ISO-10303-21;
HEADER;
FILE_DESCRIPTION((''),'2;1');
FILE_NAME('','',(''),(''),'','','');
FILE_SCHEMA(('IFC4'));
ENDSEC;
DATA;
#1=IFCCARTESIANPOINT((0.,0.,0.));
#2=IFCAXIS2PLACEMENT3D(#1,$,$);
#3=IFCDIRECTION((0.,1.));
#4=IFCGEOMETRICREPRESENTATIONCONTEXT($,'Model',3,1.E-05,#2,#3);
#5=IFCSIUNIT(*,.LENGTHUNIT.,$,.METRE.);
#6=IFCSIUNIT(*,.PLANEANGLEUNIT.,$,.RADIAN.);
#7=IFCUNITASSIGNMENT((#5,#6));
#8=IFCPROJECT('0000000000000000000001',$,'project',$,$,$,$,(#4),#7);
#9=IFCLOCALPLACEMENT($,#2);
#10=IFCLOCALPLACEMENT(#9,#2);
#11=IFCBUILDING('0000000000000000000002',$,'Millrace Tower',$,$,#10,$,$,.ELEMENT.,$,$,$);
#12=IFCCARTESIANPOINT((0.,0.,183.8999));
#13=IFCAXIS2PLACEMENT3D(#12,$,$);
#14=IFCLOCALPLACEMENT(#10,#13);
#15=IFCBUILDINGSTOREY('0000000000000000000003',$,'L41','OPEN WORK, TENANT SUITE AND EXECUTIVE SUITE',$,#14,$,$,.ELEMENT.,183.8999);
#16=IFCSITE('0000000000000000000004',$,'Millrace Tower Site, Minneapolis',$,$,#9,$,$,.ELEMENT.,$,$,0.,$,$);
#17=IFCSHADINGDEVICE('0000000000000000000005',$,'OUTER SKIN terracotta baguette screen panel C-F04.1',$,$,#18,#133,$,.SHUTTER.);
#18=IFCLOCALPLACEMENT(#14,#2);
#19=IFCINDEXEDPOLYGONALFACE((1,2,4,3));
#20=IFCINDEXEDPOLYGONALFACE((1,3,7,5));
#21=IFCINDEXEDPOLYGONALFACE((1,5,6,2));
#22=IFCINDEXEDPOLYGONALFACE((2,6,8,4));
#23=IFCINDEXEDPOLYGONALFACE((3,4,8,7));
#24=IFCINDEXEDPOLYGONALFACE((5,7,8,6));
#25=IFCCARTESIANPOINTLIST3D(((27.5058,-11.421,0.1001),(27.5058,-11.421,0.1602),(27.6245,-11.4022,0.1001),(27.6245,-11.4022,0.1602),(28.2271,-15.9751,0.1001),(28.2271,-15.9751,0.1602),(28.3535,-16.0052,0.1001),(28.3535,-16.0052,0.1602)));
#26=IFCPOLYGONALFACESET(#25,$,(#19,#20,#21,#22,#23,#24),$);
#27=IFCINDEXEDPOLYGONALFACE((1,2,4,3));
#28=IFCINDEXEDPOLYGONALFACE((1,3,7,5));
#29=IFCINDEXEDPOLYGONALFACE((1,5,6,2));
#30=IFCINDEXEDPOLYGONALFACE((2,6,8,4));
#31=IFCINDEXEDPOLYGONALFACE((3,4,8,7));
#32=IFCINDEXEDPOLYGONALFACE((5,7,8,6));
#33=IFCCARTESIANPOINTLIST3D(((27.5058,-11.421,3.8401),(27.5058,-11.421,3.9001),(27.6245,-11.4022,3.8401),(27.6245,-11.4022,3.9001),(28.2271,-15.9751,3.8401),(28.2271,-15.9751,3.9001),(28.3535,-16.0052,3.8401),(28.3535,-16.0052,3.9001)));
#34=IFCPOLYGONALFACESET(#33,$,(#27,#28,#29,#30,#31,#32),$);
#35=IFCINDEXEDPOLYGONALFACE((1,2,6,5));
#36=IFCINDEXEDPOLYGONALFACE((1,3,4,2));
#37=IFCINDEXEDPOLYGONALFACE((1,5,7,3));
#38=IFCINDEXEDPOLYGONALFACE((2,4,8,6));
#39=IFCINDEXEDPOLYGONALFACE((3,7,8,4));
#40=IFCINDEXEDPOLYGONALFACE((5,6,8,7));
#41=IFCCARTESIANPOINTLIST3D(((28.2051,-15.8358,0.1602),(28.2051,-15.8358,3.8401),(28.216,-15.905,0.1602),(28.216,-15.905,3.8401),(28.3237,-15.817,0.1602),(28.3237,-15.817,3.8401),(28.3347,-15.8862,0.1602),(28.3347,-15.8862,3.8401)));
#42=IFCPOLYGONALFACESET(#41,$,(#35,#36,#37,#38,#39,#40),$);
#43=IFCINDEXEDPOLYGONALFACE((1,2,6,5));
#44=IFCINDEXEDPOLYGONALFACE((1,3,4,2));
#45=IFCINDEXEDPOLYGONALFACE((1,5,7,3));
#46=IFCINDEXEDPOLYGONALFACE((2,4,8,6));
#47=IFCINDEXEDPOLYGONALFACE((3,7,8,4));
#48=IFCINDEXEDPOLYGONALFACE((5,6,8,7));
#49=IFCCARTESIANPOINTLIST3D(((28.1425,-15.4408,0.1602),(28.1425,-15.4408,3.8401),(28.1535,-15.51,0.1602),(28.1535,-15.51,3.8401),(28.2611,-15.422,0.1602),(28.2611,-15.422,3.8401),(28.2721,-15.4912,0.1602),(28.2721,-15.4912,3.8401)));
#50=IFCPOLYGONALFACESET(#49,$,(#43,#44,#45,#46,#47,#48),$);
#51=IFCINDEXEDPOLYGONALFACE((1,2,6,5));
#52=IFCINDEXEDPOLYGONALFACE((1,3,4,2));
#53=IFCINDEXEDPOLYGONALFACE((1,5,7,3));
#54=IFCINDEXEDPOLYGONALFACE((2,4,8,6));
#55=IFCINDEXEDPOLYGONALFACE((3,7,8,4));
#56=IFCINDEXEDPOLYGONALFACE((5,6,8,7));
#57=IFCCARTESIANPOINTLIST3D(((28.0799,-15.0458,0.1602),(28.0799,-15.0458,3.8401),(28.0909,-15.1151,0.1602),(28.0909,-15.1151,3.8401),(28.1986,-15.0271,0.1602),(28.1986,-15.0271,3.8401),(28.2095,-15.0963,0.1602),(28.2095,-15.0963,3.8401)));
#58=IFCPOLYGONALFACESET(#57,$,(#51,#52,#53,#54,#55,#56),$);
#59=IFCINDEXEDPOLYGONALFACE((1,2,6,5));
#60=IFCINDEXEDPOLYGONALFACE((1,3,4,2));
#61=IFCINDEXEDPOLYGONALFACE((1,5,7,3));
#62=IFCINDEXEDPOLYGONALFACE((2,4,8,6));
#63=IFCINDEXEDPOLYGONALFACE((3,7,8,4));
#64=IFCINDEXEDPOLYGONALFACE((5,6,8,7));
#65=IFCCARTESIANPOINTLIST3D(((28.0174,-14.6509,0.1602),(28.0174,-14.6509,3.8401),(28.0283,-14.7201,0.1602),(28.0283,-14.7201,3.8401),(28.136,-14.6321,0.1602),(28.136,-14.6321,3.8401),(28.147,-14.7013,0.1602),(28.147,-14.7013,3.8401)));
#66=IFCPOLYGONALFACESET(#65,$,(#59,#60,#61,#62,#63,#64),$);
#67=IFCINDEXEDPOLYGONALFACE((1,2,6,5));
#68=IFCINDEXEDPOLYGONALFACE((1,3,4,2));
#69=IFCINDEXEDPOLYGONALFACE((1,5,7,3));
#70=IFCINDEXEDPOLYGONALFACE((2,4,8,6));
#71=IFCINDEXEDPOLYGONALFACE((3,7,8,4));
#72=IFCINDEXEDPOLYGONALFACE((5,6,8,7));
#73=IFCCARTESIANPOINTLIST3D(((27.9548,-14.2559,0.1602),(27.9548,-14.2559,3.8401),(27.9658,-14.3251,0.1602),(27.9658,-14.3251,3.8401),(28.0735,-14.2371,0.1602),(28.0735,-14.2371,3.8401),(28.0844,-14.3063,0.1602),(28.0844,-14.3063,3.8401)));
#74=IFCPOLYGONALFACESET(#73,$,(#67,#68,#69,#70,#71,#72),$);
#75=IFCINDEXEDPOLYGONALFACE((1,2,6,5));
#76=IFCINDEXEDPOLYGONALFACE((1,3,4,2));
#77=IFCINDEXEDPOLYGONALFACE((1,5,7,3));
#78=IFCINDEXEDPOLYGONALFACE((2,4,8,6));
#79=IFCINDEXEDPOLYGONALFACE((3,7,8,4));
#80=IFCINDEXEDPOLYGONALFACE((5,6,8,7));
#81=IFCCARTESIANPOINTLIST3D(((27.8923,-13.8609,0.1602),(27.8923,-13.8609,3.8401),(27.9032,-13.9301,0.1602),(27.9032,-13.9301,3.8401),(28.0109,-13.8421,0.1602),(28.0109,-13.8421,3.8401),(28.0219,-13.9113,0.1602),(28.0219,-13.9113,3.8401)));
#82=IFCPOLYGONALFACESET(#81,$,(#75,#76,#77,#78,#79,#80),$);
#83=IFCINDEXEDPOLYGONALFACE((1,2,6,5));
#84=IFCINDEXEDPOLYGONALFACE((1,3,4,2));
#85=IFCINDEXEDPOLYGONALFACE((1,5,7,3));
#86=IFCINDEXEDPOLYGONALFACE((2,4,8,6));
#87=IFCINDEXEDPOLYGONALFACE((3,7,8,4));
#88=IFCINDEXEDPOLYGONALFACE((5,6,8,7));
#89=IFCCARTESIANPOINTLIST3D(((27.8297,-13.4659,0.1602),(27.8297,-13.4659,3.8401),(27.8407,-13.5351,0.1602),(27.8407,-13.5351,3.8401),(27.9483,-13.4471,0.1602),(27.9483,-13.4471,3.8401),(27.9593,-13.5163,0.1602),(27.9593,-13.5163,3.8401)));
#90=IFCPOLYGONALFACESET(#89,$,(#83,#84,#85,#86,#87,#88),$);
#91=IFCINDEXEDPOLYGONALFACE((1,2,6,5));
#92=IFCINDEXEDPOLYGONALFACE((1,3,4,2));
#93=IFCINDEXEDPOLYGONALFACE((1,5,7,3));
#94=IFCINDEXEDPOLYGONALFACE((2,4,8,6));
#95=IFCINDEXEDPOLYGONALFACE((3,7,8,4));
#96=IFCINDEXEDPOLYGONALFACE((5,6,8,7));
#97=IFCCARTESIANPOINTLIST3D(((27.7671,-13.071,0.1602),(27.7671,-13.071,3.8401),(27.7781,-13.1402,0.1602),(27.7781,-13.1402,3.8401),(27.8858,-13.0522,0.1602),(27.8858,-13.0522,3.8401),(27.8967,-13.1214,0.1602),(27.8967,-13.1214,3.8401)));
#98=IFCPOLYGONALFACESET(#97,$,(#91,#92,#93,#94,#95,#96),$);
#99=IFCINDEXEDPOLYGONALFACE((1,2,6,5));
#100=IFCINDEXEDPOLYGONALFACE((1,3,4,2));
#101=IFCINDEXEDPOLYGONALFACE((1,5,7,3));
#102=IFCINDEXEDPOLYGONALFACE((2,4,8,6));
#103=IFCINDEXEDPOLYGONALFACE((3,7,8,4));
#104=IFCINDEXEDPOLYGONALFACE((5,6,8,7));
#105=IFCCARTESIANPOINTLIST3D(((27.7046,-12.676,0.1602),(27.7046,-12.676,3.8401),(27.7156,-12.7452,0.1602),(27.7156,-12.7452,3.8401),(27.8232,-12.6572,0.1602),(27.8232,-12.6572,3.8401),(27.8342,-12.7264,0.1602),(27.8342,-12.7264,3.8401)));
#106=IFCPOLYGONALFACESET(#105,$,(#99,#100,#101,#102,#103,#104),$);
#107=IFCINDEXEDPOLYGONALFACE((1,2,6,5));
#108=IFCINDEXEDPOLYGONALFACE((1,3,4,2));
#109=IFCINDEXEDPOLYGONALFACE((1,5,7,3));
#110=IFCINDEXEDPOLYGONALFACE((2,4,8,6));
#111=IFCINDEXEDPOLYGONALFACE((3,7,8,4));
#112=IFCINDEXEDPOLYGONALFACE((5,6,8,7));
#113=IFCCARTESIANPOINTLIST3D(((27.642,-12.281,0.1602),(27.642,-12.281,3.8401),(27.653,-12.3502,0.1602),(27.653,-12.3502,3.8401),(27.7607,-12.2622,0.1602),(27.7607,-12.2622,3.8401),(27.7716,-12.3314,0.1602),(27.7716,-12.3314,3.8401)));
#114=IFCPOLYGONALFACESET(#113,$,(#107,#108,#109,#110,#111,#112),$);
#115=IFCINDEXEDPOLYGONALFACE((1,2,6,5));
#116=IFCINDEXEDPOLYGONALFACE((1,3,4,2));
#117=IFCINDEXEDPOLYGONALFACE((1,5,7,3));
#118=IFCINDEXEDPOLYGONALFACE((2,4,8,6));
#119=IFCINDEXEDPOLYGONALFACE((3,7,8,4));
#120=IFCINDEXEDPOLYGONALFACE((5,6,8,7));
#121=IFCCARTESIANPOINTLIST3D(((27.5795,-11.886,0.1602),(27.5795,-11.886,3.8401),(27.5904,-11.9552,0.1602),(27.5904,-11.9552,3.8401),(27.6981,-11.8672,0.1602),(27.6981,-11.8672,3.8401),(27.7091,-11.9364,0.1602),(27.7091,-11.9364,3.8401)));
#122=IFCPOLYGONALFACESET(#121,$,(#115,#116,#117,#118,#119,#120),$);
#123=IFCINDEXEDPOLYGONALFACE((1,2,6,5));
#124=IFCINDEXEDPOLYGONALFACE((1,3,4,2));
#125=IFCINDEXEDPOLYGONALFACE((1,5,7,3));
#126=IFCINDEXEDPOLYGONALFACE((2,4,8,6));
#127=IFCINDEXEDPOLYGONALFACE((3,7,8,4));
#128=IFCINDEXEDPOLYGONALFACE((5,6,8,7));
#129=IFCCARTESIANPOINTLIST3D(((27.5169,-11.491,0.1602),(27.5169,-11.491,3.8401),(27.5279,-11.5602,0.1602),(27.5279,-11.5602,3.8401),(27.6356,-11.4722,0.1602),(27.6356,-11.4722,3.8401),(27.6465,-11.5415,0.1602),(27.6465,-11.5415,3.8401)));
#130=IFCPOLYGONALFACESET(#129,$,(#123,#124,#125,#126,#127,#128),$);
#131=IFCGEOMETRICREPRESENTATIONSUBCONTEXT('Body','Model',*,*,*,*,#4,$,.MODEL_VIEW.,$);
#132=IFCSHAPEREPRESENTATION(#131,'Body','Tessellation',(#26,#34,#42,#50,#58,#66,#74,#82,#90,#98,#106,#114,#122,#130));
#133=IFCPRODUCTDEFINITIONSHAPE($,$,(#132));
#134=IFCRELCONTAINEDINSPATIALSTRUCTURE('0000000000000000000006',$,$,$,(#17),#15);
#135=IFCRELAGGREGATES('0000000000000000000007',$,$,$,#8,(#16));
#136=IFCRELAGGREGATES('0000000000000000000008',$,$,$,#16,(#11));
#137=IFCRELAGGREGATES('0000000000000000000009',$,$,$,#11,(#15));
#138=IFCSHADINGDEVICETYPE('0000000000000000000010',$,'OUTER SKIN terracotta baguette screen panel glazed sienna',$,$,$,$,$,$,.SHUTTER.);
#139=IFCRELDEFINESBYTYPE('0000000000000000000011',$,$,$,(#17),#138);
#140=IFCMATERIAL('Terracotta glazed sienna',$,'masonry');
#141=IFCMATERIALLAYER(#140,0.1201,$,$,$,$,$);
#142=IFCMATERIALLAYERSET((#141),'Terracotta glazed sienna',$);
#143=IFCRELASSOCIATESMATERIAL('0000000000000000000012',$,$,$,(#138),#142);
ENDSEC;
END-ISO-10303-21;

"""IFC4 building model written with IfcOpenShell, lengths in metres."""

from ifc_helpers import new_model, entity, si_unit, direction, frame, frame_2d, origin, place, context, subcontext, project, spatial, rectangle, extrude, source, transform, mapped, material, layer, layer_set, type_object, element, save


model = new_model("IFC4")

# Units and contexts
model_context = context("Model", 3, precision=1e-05, world=origin(), true_north=direction((0.0, 1.0)))
body_context = subcontext(model_context, "Body", "Model", "MODEL_VIEW")
ifc_project = project(units=[si_unit("LENGTHUNIT", "METRE"), si_unit("PLANEANGLEUNIT", "RADIAN")], contexts=[model_context])

# Site, building, storey
site_placement = place(None, origin())
site = spatial("IfcSite", under=ifc_project, at=site_placement, Name="Millrace Tower Site, Minneapolis", CompositionType="ELEMENT", RefElevation=0.0)
building_placement = place(site_placement, origin())
building = spatial("IfcBuilding", under=site, at=building_placement, Name="Millrace Tower", CompositionType="ELEMENT")
storey_placement = place(building_placement, frame((0.0, 0.0, 183.8999)))
storey = spatial("IfcBuildingStorey", under=building, at=storey_placement, Name="L41", Description="OPEN WORK, TENANT SUITE AND EXECUTIVE SUITE", CompositionType="ELEMENT", Elevation=183.8999)

# Shading device
ifc_material_1 = material(Name="Terracotta glazed sienna", Category="masonry")
ifc_layer_1 = layer(ifc_material_1, 0.1201)
ifc_layer_set_1 = layer_set([ifc_layer_1], Name="Terracotta glazed sienna")
shading_device_type = type_object("IfcShadingDeviceType", Name="OUTER SKIN terracotta baguette screen panel glazed sienna", PredefinedType="SHUTTER", material=ifc_layer_set_1)
cartesian_point_1 = entity("IfcCartesianPoint", [-2.293, 0.0601])
shared_polyline_1 = entity("IfcPolyline", [cartesian_point_1, entity("IfcCartesianPoint", [2.3179, 0.0601]), entity("IfcCartesianPoint", [2.3179, -0.0601]), entity("IfcCartesianPoint", [-2.3425, -0.0601]), cartesian_point_1])
shared_shape_1 = source(origin(), body_context, "Body", "SweptSolid", [
    entity("IfcExtrudedAreaSolid", entity("IfcArbitraryClosedProfileDef", "AREA", None, shared_polyline_1), entity("IfcAxis2Placement3D", entity("IfcCartesianPoint", [0.0, 0.0, 0.0])), entity("IfcDirection", [0.0, 0.0, 1.0]), 0.0601),
    entity("IfcExtrudedAreaSolid", entity("IfcArbitraryClosedProfileDef", "AREA", None, shared_polyline_1), entity("IfcAxis2Placement3D", entity("IfcCartesianPoint", [0.0, 0.0, 3.74])), entity("IfcDirection", [0.0, 0.0, 1.0]), 0.0601),
    extrude(rectangle(XDim=0.0701, YDim=0.1201, at=frame_2d((-2.187, 0.0))), frame((0.0, 0.0, 0.0601)), (0.0, 0.0, 1.0), 3.6799),
    extrude(rectangle(XDim=0.0701, YDim=0.1201, at=frame_2d((-1.7871, 0.0))), frame((0.0, 0.0, 0.0601)), (0.0, 0.0, 1.0), 3.6799),
    extrude(rectangle(XDim=0.0701, YDim=0.1201, at=frame_2d((-1.3872, 0.0))), frame((0.0, 0.0, 0.0601)), (0.0, 0.0, 1.0), 3.6799),
    extrude(rectangle(XDim=0.0701, YDim=0.1201, at=frame_2d((-0.9873, 0.0))), frame((0.0, 0.0, 0.0601)), (0.0, 0.0, 1.0), 3.6799),
    extrude(rectangle(XDim=0.0701, YDim=0.1201, at=frame_2d((-0.5874, 0.0))), frame((0.0, 0.0, 0.0601)), (0.0, 0.0, 1.0), 3.6799),
    extrude(rectangle(XDim=0.0701, YDim=0.1201, at=frame_2d((-0.1875, 0.0))), frame((0.0, 0.0, 0.0601)), (0.0, 0.0, 1.0), 3.6799),
    extrude(rectangle(XDim=0.0701, YDim=0.1201, at=frame_2d((0.2124, 0.0))), frame((0.0, 0.0, 0.0601)), (0.0, 0.0, 1.0), 3.6799),
    extrude(rectangle(XDim=0.0701, YDim=0.1201, at=frame_2d((0.6123, 0.0))), frame((0.0, 0.0, 0.0601)), (0.0, 0.0, 1.0), 3.6799),
    extrude(rectangle(XDim=0.0701, YDim=0.1201, at=frame_2d((1.0122, 0.0))), frame((0.0, 0.0, 0.0601)), (0.0, 0.0, 1.0), 3.6799),
    extrude(rectangle(XDim=0.0701, YDim=0.1201, at=frame_2d((1.4121, 0.0))), frame((0.0, 0.0, 0.0601)), (0.0, 0.0, 1.0), 3.6799),
    extrude(rectangle(XDim=0.0701, YDim=0.1201, at=frame_2d((1.812, 0.0))), frame((0.0, 0.0, 0.0601)), (0.0, 0.0, 1.0), 3.6799),
    extrude(rectangle(XDim=0.0701, YDim=0.1201, at=frame_2d((2.2119, 0.0))), frame((0.0, 0.0, 0.0601)), (0.0, 0.0, 1.0), 3.6799),
])
shading_device_1_placement = place(storey_placement, frame((27.9277, -13.7009, 0.1001), z_axis=(0.0, 0.0, 1.0), x_axis=(-0.156434, 0.987688, 0.0)))
element("IfcShadingDevice", 1, at=shading_device_1_placement, inside=storey, type_object=shading_device_type, Name="OUTER SKIN terracotta baguette screen panel C-F04.1", PredefinedType="SHUTTER", context=body_context, shape_type="MappedRepresentation", body=[
    mapped(shared_shape_1, transform((0.0, 0.0, 0.0), scale=1.0)),
])

save(model, "model.ifc")
